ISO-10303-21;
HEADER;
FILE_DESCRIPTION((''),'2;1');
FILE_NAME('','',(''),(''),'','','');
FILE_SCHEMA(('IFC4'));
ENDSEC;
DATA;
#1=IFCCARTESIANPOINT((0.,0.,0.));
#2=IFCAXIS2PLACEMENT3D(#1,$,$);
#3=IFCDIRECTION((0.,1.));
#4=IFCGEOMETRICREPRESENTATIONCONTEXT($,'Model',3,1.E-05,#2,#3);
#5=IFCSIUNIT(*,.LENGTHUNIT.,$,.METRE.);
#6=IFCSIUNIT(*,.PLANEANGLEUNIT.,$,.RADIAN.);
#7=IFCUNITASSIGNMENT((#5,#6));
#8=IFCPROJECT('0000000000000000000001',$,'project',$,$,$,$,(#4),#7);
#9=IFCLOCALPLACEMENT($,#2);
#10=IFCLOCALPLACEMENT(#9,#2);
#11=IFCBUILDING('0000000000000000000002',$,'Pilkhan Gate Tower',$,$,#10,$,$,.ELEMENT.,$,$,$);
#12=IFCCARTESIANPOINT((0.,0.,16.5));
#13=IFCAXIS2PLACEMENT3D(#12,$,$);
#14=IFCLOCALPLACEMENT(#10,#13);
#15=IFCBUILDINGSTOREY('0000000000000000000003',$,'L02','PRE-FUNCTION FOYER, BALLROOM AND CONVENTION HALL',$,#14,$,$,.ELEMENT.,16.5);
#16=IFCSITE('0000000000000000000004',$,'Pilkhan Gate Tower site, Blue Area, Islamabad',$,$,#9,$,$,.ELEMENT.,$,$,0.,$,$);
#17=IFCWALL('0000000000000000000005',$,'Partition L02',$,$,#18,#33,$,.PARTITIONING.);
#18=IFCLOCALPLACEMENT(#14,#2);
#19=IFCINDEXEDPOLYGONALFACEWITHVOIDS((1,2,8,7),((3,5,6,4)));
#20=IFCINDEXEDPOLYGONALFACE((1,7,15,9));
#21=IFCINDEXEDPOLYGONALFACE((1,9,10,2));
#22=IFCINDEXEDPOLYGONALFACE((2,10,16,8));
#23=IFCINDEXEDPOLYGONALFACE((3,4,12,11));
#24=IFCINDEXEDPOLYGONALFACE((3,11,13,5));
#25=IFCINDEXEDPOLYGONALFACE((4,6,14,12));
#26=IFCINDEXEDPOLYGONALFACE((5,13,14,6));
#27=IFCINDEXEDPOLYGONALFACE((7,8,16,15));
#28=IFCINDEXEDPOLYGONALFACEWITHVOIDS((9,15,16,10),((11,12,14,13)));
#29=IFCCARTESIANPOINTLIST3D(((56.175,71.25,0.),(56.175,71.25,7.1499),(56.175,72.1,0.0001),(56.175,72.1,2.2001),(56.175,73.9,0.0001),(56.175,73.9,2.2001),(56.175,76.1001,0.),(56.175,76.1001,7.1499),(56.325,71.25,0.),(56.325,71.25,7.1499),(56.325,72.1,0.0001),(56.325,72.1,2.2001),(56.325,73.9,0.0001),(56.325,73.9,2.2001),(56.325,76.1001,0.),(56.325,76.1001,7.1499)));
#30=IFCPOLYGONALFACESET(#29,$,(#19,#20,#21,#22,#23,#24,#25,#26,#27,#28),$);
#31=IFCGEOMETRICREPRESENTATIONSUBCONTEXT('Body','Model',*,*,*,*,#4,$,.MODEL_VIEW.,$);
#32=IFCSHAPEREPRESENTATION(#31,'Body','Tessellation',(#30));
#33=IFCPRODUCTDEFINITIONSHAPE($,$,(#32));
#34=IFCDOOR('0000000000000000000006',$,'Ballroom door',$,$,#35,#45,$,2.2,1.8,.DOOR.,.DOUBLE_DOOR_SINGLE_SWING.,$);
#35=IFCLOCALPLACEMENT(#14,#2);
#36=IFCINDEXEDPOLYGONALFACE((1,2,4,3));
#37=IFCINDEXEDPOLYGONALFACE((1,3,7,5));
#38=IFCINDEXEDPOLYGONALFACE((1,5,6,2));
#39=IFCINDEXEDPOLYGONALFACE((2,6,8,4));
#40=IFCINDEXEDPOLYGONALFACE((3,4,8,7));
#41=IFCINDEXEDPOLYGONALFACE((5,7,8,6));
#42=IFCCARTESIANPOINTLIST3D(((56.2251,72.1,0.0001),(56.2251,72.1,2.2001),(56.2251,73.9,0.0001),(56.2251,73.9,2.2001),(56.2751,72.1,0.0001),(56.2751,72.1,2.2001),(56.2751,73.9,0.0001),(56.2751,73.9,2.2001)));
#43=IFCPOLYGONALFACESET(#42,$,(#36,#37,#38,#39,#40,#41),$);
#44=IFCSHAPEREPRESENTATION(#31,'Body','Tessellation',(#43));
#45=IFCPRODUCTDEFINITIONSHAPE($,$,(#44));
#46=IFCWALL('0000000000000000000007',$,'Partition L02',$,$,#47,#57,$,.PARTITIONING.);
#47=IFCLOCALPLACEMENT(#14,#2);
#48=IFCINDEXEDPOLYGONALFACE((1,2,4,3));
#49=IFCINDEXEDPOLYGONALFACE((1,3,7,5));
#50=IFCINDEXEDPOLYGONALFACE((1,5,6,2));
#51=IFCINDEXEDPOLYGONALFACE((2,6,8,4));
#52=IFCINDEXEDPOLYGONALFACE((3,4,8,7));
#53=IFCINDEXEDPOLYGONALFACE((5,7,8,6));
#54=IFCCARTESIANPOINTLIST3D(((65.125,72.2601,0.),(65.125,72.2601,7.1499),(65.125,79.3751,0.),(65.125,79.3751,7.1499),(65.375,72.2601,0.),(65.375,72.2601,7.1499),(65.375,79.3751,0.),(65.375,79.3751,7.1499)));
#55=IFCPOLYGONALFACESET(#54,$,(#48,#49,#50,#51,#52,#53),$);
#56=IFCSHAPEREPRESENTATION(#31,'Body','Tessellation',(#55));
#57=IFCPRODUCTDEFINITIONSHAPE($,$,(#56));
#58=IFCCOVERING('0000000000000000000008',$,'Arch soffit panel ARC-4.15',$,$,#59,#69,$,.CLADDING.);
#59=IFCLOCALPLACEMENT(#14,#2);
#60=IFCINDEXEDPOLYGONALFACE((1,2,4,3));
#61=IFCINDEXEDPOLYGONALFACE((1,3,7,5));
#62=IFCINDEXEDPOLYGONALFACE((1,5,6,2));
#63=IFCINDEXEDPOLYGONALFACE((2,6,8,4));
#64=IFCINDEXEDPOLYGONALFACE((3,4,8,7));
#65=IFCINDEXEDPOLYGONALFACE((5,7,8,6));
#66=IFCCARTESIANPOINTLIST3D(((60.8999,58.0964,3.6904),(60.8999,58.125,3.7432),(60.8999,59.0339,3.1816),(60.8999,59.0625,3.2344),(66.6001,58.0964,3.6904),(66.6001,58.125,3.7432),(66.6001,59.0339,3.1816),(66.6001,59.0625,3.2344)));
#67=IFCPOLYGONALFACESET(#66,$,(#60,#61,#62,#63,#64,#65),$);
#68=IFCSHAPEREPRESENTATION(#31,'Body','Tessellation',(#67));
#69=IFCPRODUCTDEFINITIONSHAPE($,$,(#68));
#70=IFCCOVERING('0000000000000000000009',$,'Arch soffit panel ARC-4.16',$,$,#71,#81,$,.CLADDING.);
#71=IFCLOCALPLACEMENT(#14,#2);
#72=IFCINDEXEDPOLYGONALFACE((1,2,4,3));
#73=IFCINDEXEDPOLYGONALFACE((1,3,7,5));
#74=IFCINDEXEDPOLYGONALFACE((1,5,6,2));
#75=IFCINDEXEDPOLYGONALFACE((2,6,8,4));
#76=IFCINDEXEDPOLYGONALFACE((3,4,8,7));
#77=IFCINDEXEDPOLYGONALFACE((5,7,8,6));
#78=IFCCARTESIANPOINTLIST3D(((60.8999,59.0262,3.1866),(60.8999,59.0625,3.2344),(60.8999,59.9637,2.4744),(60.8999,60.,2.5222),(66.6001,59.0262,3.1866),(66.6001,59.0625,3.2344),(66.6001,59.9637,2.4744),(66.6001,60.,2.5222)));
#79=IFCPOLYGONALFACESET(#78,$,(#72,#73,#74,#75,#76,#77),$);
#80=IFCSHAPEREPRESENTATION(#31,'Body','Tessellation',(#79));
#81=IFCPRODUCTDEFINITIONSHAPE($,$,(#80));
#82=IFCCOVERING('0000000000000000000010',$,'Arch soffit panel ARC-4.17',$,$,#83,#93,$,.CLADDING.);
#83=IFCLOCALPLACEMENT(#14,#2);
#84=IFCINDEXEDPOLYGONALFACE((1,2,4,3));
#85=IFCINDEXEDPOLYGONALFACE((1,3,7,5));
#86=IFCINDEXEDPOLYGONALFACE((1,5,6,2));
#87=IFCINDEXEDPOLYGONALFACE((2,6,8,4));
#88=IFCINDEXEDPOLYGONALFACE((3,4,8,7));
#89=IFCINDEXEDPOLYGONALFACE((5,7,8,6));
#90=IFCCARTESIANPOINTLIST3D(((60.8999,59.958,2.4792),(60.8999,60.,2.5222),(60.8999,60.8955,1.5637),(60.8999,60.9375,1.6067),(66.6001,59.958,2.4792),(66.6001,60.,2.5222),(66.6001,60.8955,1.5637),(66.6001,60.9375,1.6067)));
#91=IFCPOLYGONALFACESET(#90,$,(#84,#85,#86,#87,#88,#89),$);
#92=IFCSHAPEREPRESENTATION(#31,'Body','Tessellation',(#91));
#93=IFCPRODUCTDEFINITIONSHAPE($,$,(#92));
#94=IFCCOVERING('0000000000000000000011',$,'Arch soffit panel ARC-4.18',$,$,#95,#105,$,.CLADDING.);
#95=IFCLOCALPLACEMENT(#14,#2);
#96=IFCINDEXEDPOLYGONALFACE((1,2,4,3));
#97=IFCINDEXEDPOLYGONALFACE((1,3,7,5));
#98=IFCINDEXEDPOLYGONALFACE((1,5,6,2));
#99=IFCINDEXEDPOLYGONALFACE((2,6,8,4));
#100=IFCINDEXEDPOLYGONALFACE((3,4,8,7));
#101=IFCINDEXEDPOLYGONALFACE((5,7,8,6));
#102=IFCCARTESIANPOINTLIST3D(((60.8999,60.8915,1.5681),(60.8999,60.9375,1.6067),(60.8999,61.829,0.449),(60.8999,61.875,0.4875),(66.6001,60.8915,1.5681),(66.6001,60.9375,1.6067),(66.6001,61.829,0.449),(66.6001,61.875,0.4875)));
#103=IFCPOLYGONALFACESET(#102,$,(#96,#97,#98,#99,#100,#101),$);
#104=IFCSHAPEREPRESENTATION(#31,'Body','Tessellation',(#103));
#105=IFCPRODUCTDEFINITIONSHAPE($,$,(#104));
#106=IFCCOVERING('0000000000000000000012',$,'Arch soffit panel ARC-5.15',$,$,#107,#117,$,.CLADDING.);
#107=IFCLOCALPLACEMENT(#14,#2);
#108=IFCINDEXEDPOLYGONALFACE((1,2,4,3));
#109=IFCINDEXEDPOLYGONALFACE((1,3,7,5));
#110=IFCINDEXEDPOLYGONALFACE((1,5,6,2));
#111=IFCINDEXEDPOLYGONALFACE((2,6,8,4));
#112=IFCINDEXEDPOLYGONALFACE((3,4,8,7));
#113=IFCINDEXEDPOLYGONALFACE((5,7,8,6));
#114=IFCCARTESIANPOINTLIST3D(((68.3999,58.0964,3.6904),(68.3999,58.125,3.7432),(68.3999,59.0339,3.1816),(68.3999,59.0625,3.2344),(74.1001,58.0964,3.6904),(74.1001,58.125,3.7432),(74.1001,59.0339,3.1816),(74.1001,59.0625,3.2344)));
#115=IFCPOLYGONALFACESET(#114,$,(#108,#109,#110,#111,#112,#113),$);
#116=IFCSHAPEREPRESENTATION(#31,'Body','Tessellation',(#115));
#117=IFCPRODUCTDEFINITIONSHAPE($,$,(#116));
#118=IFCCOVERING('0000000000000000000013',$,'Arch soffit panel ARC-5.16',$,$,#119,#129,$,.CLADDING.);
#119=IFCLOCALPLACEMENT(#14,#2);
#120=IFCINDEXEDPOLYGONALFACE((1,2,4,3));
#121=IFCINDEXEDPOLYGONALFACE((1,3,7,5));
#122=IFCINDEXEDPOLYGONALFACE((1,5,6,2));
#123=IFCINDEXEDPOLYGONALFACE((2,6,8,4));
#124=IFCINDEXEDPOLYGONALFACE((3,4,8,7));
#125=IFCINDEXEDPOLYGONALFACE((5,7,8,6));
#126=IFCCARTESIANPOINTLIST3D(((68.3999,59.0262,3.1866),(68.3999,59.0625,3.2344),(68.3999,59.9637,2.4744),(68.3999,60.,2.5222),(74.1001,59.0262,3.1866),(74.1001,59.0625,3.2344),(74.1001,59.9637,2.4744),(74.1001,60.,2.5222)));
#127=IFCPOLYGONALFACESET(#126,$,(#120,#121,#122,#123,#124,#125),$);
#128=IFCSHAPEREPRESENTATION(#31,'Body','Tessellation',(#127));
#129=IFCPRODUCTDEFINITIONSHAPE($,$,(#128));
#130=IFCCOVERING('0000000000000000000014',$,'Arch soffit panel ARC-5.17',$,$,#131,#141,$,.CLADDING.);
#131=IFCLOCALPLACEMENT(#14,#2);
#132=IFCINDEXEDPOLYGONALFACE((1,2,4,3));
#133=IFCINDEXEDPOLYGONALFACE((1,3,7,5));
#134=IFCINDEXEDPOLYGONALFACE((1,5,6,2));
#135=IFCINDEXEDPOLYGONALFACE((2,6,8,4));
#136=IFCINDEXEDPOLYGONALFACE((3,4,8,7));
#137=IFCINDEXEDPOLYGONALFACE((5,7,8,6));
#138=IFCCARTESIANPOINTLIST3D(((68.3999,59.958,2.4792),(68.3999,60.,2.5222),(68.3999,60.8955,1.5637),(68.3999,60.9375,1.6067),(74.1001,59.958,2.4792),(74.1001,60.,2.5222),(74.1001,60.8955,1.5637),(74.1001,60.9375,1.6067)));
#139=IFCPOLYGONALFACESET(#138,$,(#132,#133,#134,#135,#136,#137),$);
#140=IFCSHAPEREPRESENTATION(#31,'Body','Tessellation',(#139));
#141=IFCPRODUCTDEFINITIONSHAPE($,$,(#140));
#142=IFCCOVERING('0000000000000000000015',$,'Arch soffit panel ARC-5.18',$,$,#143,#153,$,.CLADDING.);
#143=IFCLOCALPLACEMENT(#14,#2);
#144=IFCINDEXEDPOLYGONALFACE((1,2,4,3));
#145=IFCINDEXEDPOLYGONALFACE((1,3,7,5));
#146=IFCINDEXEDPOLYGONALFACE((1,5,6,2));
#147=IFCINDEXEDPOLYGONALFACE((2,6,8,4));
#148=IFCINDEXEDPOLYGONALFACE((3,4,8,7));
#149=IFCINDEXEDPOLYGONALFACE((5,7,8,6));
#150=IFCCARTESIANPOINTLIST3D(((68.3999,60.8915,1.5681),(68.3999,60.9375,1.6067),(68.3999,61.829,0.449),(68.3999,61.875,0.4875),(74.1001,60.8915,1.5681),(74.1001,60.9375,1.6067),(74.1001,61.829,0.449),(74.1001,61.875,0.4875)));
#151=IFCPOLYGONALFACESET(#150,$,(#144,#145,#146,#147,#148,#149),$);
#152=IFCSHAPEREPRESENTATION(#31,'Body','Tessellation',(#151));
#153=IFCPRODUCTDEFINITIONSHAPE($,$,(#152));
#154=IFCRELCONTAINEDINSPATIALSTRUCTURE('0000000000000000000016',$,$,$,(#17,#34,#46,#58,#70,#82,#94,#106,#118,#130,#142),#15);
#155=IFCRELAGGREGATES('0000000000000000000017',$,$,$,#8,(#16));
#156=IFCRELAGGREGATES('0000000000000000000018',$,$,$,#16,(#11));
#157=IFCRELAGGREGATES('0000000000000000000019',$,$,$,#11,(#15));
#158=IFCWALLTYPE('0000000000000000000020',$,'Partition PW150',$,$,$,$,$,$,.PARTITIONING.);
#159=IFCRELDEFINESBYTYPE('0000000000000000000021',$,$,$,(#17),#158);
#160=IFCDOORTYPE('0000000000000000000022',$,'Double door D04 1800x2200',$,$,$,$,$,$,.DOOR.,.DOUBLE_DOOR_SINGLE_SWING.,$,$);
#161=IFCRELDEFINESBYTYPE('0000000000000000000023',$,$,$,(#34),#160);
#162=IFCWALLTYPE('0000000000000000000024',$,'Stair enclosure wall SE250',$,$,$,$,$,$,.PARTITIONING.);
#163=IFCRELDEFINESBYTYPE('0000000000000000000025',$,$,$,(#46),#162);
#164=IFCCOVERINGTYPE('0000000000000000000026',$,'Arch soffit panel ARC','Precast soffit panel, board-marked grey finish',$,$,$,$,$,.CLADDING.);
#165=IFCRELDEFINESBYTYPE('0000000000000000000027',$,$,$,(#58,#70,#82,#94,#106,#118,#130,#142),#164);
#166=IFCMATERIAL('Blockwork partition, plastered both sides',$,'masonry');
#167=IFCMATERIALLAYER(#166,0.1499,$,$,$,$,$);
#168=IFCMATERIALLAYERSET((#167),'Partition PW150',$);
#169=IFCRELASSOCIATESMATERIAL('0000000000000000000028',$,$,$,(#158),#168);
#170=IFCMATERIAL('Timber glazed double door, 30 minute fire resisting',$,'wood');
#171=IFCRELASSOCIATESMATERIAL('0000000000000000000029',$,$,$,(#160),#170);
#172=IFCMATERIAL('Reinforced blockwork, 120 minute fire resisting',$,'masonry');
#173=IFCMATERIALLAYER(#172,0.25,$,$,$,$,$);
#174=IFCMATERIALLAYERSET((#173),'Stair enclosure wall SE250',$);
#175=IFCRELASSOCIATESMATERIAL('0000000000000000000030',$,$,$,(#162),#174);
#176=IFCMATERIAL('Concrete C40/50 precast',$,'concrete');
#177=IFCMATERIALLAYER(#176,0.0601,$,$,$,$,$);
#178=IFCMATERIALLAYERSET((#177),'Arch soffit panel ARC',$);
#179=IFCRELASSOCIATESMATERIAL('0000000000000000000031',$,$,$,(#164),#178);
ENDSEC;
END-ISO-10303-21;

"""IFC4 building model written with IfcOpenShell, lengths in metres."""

from ifc_helpers import new_model, si_unit, direction, frame, frame_2d, origin, place, context, subcontext, project, spatial, polyline, rectangle, outline, extrude, material, layer, layer_set, type_object, element, fill, save


model = new_model("IFC4")

# Units and contexts
model_context = context("Model", 3, precision=1e-05, world=origin(), true_north=direction((0.0, 1.0)))
body_context = subcontext(model_context, "Body", "Model", "MODEL_VIEW")
ifc_project = project(units=[si_unit("LENGTHUNIT", "METRE"), si_unit("PLANEANGLEUNIT", "RADIAN")], contexts=[model_context])

# Site, building, storey
site_placement = place(None, origin())
site = spatial("IfcSite", under=ifc_project, at=site_placement, Name="Pilkhan Gate Tower site, Blue Area, Islamabad", CompositionType="ELEMENT", RefElevation=0.0)
building_placement = place(site_placement, origin())
building = spatial("IfcBuilding", under=site, at=building_placement, Name="Pilkhan Gate Tower", CompositionType="ELEMENT")
storey_placement = place(building_placement, frame((0.0, 0.0, 16.5)))
storey = spatial("IfcBuildingStorey", under=building, at=storey_placement, Name="L02", Description="PRE-FUNCTION FOYER, BALLROOM AND CONVENTION HALL", CompositionType="ELEMENT", Elevation=16.5)

# Wall, opening, door
ifc_material_1 = material(Name="Blockwork partition, plastered both sides", Category="masonry")
ifc_layer_1 = layer(ifc_material_1, 0.1499)
ifc_layer_set_1 = layer_set([ifc_layer_1], Name="Partition PW150")
wall_type_1 = type_object("IfcWallType", Name="Partition PW150", PredefinedType="PARTITIONING", material=ifc_layer_set_1)
wall_1_placement = place(storey_placement, frame((56.25, 71.25, 0.0), z_axis=(0.0, 0.0, 1.0), x_axis=(0.0, 1.0, 0.0)))
wall_1 = element("IfcWall", 1, at=wall_1_placement, inside=storey, type_object=wall_type_1, Name="Partition L02", PredefinedType="PARTITIONING", context=body_context, shape_type="SweptSolid", body=[
    extrude(rectangle(XDim=4.8501, YDim=0.1499, at=frame_2d((2.425, 0.0))), origin(), (0.0, 0.0, 1.0), 7.1499),
])
opening_1_placement = place(wall_1_placement, frame((0.8501, 0.0, 0.0)))
opening_1 = element("IfcOpeningElement", 2, at=opening_1_placement, cuts=wall_1, PredefinedType="OPENING", context=body_context, shape_type="SweptSolid", body=[
    extrude(rectangle(XDim=1.8, YDim=2.2, at=frame_2d((0.8999, 1.1001))), frame((0.0, 0.085, 0.0), z_axis=(0.0, -1.0, 0.0), x_axis=(1.0, 0.0, 0.0)), (0.0, 0.0, 1.0), 0.1699),
])
ifc_material_2 = material(Name="Timber glazed double door, 30 minute fire resisting", Category="wood")
door_type = type_object("IfcDoorType", Name="Double door D04 1800x2200", OperationType="DOUBLE_DOOR_SINGLE_SWING", PredefinedType="DOOR", material=ifc_material_2)
door_placement = place(opening_1_placement, origin())
door = element("IfcDoor", 3, at=door_placement, inside=storey, type_object=door_type, Name="Ballroom door", OperationType="DOUBLE_DOOR_SINGLE_SWING", OverallHeight=2.2, OverallWidth=1.8, PredefinedType="DOOR", context=body_context, shape_type="SweptSolid", body=[
    extrude(rectangle(XDim=1.8, YDim=2.2, at=frame_2d((0.8999, 1.1001))), frame((0.0, 0.0249, 0.0), z_axis=(0.0, -1.0, 0.0), x_axis=(1.0, 0.0, 0.0)), (0.0, 0.0, 1.0), 0.05),
])
fill(opening_1, door)

# Wall
ifc_material_3 = material(Name="Reinforced blockwork, 120 minute fire resisting", Category="masonry")
ifc_layer_2 = layer(ifc_material_3, 0.25)
ifc_layer_set_2 = layer_set([ifc_layer_2], Name="Stair enclosure wall SE250")
wall_type_2 = type_object("IfcWallType", Name="Stair enclosure wall SE250", PredefinedType="PARTITIONING", material=ifc_layer_set_2)
wall_2_placement = place(storey_placement, frame((65.25, 72.26, 0.0), z_axis=(0.0, 0.0, 1.0), x_axis=(0.0, 1.0, 0.0)))
element("IfcWall", 4, at=wall_2_placement, inside=storey, type_object=wall_type_2, Name="Partition L02", PredefinedType="PARTITIONING", context=body_context, shape_type="SweptSolid", body=[
    extrude(rectangle(XDim=7.115, YDim=0.25, at=frame_2d((3.5576, 0.0))), origin(), (0.0, 0.0, 1.0), 7.1499),
])

# Coverings
ifc_material_4 = material(Name="Concrete C40/50 precast", Category="concrete")
ifc_layer_3 = layer(ifc_material_4, 0.0601)
ifc_layer_set_3 = layer_set([ifc_layer_3], Name="Arch soffit panel ARC")
covering_type = type_object("IfcCoveringType", Name="Arch soffit panel ARC", Description="Precast soffit panel, board-marked grey finish", PredefinedType="CLADDING", material=ifc_layer_set_3)
covering_1_placement = place(storey_placement, frame((60.8999, 58.125, 3.7432), z_axis=(0.0, 0.476991, 0.878908), x_axis=(1.0, 0.0, 0.0)))
element("IfcCovering", 5, at=covering_1_placement, inside=storey, type_object=covering_type, Name="Arch soffit panel ARC-4.15", PredefinedType="CLADDING", context=body_context, shape_type="SweptSolid", body=[
    extrude(outline(polyline([(0.0, 0.0), (5.7002, 0.0), (5.7002, 1.0667), (0.0, 1.0667), (0.0, 0.0)])), origin(), (0.0, 0.0, -1.0), 0.0601),
])
covering_2_placement = place(storey_placement, frame((60.8999, 59.0625, 3.2344), z_axis=(0.0, 0.604899, 0.796302), x_axis=(1.0, 0.0, 0.0)))
element("IfcCovering", 6, at=covering_2_placement, inside=storey, type_object=covering_type, Name="Arch soffit panel ARC-4.16", PredefinedType="CLADDING", context=body_context, shape_type="SweptSolid", body=[
    extrude(outline(polyline([(0.0, 0.0), (5.7002, 0.0), (5.7002, 1.1773), (0.0, 1.1773), (0.0, 0.0)])), origin(), (0.0, 0.0, -1.0), 0.0601),
])
covering_3_placement = place(storey_placement, frame((60.8999, 60.0, 2.5222), z_axis=(0.0, 0.698673, 0.715441), x_axis=(1.0, 0.0, 0.0)))
element("IfcCovering", 7, at=covering_3_placement, inside=storey, type_object=covering_type, Name="Arch soffit panel ARC-4.17", PredefinedType="CLADDING", context=body_context, shape_type="SweptSolid", body=[
    extrude(outline(polyline([(0.0, 0.0), (5.7002, 0.0), (5.7002, 1.3104), (0.0, 1.3104), (0.0, 0.0)])), origin(), (0.0, 0.0, -1.0), 0.0601),
])
covering_4_placement = place(storey_placement, frame((60.8999, 60.9375, 1.6067), z_axis=(0.0, 0.766574, 0.642156), x_axis=(1.0, 0.0, 0.0)))
element("IfcCovering", 8, at=covering_4_placement, inside=storey, type_object=covering_type, Name="Arch soffit panel ARC-4.18", PredefinedType="CLADDING", context=body_context, shape_type="SweptSolid", body=[
    extrude(outline(polyline([(0.0, 0.0), (5.7002, 0.0), (5.7002, 1.4599), (0.0, 1.4599), (0.0, 0.0)])), origin(), (0.0, 0.0, -1.0), 0.0601),
])
covering_5_placement = place(storey_placement, frame((68.3999, 58.125, 3.7432), z_axis=(0.0, 0.476991, 0.878908), x_axis=(1.0, 0.0, 0.0)))
element("IfcCovering", 9, at=covering_5_placement, inside=storey, type_object=covering_type, Name="Arch soffit panel ARC-5.15", PredefinedType="CLADDING", context=body_context, shape_type="SweptSolid", body=[
    extrude(outline(polyline([(0.0, 0.0), (5.7002, 0.0), (5.7002, 1.0667), (0.0, 1.0667), (0.0, 0.0)])), origin(), (0.0, 0.0, -1.0), 0.0601),
])
covering_6_placement = place(storey_placement, frame((68.3999, 59.0625, 3.2344), z_axis=(0.0, 0.604899, 0.796302), x_axis=(1.0, 0.0, 0.0)))
element("IfcCovering", 10, at=covering_6_placement, inside=storey, type_object=covering_type, Name="Arch soffit panel ARC-5.16", PredefinedType="CLADDING", context=body_context, shape_type="SweptSolid", body=[
    extrude(outline(polyline([(0.0, 0.0), (5.7002, 0.0), (5.7002, 1.1773), (0.0, 1.1773), (0.0, 0.0)])), origin(), (0.0, 0.0, -1.0), 0.0601),
])
covering_7_placement = place(storey_placement, frame((68.3999, 60.0, 2.5222), z_axis=(0.0, 0.698673, 0.715441), x_axis=(1.0, 0.0, 0.0)))
element("IfcCovering", 11, at=covering_7_placement, inside=storey, type_object=covering_type, Name="Arch soffit panel ARC-5.17", PredefinedType="CLADDING", context=body_context, shape_type="SweptSolid", body=[
    extrude(outline(polyline([(0.0, 0.0), (5.7002, 0.0), (5.7002, 1.3104), (0.0, 1.3104), (0.0, 0.0)])), origin(), (0.0, 0.0, -1.0), 0.0601),
])
covering_8_placement = place(storey_placement, frame((68.3999, 60.9375, 1.6067), z_axis=(0.0, 0.766574, 0.642156), x_axis=(1.0, 0.0, 0.0)))
element("IfcCovering", 12, at=covering_8_placement, inside=storey, type_object=covering_type, Name="Arch soffit panel ARC-5.18", PredefinedType="CLADDING", context=body_context, shape_type="SweptSolid", body=[
    extrude(outline(polyline([(0.0, 0.0), (5.7002, 0.0), (5.7002, 1.4599), (0.0, 1.4599), (0.0, 0.0)])), origin(), (0.0, 0.0, -1.0), 0.0601),
])

save(model, "model.ifc")
